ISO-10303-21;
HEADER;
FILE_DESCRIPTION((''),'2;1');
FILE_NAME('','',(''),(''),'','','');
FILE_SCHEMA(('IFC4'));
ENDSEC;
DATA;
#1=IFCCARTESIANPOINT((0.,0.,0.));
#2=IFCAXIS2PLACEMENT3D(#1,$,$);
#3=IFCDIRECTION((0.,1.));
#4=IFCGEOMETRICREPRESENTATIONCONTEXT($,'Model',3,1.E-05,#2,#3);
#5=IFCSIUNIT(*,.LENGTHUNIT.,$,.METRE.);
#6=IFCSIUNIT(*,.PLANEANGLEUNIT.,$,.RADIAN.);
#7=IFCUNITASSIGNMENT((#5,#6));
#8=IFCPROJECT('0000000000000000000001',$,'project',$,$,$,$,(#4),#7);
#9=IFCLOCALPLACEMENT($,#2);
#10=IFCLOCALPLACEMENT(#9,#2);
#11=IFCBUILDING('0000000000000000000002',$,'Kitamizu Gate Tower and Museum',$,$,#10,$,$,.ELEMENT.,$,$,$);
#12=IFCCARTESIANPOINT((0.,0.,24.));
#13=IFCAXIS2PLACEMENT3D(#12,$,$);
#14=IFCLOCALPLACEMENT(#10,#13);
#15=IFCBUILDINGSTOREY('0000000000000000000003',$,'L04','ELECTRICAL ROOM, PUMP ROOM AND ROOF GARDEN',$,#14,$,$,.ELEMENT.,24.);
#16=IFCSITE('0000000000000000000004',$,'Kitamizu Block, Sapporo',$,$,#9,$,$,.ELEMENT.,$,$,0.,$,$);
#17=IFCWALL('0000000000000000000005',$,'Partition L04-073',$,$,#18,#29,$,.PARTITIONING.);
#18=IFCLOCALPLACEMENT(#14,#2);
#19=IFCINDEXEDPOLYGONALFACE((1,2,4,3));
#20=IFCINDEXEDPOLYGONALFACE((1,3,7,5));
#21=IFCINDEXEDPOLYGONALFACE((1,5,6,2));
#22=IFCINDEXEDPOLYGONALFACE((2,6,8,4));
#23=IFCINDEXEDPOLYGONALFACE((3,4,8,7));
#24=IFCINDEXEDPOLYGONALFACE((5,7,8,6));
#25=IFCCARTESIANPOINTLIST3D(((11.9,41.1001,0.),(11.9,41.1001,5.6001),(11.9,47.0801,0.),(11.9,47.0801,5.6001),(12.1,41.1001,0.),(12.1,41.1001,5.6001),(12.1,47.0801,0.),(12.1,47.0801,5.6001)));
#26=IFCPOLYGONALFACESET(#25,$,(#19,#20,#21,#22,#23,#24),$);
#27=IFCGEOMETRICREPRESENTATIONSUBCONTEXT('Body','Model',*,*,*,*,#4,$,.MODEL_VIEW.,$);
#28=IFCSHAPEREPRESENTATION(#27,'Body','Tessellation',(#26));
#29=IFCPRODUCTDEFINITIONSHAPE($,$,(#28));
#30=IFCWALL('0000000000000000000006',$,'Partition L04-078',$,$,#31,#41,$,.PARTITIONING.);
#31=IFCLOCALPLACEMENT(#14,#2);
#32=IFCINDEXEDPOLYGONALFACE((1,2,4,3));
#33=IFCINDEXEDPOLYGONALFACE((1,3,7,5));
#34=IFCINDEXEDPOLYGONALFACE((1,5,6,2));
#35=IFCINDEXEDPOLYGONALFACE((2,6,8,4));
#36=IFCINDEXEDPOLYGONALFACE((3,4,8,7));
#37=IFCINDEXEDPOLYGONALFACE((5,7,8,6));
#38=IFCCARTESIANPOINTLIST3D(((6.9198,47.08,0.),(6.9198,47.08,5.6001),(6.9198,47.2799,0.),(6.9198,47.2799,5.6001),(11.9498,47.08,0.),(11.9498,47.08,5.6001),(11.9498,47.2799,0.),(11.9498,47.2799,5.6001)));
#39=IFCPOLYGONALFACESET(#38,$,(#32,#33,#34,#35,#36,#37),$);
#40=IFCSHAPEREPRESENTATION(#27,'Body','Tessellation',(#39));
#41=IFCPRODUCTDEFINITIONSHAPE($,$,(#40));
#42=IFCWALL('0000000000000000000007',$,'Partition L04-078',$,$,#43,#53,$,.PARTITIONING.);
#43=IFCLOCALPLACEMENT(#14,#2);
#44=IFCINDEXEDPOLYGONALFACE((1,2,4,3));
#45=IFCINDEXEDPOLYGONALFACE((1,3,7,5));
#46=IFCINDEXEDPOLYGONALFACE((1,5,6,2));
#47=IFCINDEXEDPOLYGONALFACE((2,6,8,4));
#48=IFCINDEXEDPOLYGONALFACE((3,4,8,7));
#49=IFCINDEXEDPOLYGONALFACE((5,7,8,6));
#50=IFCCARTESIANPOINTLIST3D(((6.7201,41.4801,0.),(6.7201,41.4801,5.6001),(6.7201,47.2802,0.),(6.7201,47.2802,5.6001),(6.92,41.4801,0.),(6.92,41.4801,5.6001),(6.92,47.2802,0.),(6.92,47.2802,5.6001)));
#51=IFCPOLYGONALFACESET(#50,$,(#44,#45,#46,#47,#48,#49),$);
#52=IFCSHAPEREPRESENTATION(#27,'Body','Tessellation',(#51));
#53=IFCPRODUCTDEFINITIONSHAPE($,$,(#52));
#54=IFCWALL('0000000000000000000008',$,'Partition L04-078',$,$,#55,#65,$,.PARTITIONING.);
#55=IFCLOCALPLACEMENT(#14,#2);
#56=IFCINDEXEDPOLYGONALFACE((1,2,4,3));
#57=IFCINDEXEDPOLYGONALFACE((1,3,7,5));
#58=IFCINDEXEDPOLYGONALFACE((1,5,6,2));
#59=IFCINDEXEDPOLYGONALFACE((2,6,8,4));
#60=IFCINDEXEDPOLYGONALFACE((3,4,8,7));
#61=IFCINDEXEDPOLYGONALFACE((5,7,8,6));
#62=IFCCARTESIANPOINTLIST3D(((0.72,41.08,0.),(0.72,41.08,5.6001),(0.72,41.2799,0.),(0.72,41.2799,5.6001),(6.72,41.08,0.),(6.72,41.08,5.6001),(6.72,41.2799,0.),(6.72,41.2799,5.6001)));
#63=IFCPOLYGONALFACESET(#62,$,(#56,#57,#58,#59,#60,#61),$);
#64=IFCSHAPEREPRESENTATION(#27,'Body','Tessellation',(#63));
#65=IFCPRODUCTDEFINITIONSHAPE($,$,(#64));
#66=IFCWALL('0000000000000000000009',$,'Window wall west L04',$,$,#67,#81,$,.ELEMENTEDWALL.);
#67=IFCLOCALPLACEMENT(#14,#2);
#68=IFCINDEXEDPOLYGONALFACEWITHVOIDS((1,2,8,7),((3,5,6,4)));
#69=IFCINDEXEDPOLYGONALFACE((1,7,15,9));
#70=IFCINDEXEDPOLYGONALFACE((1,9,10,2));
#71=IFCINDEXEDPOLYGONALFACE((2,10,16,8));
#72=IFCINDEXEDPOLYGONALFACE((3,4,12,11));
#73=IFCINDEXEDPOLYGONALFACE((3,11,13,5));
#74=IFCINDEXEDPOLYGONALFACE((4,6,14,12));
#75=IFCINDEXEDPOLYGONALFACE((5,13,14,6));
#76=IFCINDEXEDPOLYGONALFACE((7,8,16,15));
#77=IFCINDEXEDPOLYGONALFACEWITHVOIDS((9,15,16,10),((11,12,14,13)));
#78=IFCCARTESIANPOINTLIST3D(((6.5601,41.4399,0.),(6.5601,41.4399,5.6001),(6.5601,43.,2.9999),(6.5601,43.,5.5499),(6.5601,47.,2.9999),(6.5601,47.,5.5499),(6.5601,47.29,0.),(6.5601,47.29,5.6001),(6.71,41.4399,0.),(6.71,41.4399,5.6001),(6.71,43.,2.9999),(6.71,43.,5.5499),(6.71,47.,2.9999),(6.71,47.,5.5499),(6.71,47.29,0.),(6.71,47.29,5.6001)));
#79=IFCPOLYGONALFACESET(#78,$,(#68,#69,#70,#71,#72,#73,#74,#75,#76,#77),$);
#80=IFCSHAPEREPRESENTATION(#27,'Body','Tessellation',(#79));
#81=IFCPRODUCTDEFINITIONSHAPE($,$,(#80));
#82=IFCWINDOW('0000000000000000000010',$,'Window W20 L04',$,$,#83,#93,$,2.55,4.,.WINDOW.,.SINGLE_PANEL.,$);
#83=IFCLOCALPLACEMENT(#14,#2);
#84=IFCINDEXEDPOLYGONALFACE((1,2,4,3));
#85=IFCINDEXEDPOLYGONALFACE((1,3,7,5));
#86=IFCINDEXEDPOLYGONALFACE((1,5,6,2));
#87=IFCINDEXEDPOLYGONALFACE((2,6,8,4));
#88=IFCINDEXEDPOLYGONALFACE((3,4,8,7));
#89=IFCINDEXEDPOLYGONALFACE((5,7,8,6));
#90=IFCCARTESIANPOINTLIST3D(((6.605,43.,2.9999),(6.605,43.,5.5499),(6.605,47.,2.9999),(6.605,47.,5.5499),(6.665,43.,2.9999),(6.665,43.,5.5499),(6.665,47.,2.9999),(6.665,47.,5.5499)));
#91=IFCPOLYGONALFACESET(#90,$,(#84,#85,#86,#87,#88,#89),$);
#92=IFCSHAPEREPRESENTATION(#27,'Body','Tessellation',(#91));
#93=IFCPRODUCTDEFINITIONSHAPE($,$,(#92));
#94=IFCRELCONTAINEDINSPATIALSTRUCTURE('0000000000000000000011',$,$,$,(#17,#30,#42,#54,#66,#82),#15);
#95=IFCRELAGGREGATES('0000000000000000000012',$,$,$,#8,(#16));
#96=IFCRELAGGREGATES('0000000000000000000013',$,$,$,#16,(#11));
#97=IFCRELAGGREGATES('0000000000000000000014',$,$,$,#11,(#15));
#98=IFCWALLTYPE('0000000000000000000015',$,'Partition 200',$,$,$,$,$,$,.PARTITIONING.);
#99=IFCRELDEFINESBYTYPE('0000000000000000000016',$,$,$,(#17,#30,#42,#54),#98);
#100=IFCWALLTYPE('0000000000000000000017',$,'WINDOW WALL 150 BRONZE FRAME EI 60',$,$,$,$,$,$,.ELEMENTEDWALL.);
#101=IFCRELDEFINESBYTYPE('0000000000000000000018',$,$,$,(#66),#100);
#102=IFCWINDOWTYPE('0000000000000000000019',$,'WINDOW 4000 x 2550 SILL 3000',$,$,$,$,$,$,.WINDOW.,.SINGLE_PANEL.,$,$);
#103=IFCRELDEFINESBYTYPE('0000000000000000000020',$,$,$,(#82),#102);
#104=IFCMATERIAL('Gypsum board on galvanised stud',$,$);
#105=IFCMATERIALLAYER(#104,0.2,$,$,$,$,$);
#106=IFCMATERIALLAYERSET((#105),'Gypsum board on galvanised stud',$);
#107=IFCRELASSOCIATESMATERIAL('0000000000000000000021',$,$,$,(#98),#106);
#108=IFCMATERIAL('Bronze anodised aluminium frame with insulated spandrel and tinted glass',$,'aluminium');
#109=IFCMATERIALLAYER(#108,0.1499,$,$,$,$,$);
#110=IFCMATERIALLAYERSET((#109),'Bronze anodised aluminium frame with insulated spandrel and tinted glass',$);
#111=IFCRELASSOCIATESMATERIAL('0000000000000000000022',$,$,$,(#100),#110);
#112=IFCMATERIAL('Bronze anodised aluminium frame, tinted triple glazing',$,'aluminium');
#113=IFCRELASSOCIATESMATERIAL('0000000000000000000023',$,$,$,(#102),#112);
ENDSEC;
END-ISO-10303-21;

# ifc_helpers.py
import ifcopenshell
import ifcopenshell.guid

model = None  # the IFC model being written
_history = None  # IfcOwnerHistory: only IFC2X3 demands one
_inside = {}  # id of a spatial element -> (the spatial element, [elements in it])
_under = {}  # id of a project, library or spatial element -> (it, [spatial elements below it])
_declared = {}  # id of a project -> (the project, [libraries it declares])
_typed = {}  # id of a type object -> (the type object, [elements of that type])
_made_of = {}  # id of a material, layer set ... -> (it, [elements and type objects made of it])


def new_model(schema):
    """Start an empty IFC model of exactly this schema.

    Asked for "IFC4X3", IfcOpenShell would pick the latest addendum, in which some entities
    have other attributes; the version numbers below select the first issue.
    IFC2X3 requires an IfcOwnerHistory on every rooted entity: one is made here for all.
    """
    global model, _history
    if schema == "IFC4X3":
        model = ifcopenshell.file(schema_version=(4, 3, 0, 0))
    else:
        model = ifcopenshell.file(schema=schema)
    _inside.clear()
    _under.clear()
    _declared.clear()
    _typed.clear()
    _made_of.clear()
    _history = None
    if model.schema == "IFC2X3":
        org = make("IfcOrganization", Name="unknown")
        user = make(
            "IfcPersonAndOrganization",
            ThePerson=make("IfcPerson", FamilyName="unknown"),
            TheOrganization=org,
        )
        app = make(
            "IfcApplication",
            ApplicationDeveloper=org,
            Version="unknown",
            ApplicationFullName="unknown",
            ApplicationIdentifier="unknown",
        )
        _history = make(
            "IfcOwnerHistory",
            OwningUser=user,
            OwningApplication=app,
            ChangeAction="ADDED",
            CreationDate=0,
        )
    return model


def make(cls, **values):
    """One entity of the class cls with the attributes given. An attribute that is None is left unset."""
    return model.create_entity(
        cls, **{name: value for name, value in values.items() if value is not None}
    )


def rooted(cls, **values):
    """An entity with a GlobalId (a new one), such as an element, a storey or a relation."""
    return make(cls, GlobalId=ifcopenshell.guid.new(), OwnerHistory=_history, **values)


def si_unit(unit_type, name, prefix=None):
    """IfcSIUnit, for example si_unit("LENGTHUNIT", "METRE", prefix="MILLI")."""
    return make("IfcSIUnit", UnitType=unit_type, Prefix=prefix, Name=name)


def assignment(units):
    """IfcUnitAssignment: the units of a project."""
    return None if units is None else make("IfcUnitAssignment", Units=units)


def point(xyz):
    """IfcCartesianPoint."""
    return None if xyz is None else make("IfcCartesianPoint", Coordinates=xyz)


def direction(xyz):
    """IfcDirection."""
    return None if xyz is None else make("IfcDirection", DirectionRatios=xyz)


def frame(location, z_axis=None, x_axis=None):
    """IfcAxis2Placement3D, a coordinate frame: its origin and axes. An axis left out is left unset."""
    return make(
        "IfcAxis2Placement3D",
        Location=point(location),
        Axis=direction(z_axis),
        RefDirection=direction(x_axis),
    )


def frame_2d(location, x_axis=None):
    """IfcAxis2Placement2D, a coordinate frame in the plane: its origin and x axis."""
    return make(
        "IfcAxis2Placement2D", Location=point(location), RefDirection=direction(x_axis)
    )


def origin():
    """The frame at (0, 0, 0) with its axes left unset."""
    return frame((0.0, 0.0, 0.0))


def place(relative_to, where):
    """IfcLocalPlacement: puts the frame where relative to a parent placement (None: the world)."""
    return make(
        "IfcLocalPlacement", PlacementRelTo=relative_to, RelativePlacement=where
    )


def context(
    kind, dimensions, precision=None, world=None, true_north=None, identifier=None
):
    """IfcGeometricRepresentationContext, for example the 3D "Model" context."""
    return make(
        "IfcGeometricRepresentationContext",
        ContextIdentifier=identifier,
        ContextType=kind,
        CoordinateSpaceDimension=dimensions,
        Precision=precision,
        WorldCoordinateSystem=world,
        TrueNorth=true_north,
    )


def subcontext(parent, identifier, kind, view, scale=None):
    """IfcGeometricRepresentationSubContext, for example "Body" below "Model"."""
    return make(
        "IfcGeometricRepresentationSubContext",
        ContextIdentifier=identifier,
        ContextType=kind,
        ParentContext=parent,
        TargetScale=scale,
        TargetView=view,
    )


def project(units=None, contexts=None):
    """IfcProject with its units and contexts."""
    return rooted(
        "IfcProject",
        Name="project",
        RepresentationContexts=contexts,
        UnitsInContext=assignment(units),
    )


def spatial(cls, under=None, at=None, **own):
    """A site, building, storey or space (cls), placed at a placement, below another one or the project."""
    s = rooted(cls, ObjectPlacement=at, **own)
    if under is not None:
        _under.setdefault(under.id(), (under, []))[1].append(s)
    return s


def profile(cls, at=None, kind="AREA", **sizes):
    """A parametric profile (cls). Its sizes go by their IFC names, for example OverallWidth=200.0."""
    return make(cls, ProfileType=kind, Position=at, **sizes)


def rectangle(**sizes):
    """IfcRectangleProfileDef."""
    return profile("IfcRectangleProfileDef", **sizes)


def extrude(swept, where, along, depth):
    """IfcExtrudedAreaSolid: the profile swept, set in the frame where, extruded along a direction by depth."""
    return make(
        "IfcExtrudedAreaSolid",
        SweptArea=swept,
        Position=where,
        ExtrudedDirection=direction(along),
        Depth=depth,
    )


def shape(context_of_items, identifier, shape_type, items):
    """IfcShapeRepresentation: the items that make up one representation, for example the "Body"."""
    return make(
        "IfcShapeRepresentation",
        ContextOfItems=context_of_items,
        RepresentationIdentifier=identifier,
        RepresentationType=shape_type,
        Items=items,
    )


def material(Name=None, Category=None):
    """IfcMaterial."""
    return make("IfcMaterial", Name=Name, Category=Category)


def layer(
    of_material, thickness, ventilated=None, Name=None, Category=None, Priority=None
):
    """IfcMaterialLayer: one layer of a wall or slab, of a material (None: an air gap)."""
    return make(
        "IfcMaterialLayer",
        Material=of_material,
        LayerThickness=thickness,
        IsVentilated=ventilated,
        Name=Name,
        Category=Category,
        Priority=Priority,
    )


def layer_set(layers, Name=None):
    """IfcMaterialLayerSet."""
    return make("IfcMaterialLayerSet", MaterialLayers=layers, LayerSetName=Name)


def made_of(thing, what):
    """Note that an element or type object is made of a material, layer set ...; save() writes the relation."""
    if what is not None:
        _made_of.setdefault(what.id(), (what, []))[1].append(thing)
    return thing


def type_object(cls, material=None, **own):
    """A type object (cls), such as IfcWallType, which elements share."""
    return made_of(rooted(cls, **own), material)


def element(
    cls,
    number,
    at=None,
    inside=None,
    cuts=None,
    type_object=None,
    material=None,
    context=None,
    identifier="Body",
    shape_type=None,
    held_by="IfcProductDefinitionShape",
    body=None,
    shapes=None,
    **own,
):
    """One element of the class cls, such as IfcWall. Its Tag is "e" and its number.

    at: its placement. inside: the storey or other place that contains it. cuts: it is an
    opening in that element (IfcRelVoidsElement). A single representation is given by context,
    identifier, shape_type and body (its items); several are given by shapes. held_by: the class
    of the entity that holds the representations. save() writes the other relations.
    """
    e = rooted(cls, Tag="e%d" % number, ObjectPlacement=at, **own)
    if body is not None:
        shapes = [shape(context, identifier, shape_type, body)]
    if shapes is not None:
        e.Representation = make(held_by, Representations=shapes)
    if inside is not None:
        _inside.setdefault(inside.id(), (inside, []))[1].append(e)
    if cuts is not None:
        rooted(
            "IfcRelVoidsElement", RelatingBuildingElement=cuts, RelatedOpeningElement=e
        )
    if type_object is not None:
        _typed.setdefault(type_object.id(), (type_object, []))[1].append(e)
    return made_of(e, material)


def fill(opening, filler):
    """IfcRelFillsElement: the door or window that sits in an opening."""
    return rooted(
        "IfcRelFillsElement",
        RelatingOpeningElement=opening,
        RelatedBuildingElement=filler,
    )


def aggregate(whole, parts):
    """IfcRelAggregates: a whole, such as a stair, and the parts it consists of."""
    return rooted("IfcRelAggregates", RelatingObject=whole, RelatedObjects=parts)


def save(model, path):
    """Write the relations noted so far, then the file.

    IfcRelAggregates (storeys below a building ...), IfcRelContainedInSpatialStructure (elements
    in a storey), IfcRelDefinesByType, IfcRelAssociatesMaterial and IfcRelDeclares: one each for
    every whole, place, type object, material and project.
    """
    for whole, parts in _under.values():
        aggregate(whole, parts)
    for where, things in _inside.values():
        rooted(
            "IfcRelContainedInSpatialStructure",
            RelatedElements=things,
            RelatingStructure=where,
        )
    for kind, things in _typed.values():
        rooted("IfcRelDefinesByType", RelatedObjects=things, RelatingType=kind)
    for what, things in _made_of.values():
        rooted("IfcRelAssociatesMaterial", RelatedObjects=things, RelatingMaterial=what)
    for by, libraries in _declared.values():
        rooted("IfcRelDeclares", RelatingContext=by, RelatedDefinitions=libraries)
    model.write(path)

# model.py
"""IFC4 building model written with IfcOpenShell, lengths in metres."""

from ifc_helpers import new_model, si_unit, direction, frame, frame_2d, origin, place, context, subcontext, project, spatial, rectangle, extrude, material, layer, layer_set, type_object, element, fill, save


model = new_model("IFC4")

# Units and contexts
model_context = context("Model", 3, precision=1e-05, world=origin(), true_north=direction((0.0, 1.0)))
body_context = subcontext(model_context, "Body", "Model", "MODEL_VIEW")
ifc_project = project(units=[si_unit("LENGTHUNIT", "METRE"), si_unit("PLANEANGLEUNIT", "RADIAN")], contexts=[model_context])

# Site, building, storey
site_placement = place(None, origin())
site = spatial("IfcSite", under=ifc_project, at=site_placement, Name="Kitamizu Block, Sapporo", CompositionType="ELEMENT", RefElevation=0.0)
building_placement = place(site_placement, origin())
building = spatial("IfcBuilding", under=site, at=building_placement, Name="Kitamizu Gate Tower and Museum", CompositionType="ELEMENT")
storey_placement = place(building_placement, frame((0.0, 0.0, 24.0)))
storey = spatial("IfcBuildingStorey", under=building, at=storey_placement, Name="L04", Description="ELECTRICAL ROOM, PUMP ROOM AND ROOF GARDEN", CompositionType="ELEMENT", Elevation=24.0)

# Walls
ifc_material_1 = material(Name="Gypsum board on galvanised stud")
ifc_layer_1 = layer(ifc_material_1, 0.2)
ifc_layer_set_1 = layer_set([ifc_layer_1], Name="Gypsum board on galvanised stud")
wall_type_1 = type_object("IfcWallType", Name="Partition 200", PredefinedType="PARTITIONING", material=ifc_layer_set_1)
wall_1_placement = place(storey_placement, frame((12.0, 41.1001, 0.0), z_axis=(0.0, 0.0, 1.0), x_axis=(0.0, 1.0, 0.0)))
element("IfcWall", 1, at=wall_1_placement, inside=storey, type_object=wall_type_1, Name="Partition L04-073", PredefinedType="PARTITIONING", context=body_context, shape_type="SweptSolid", body=[
    extrude(rectangle(XDim=5.98, YDim=0.2, at=frame_2d((2.99, 0.0))), origin(), (0.0, 0.0, 1.0), 5.6001),
])
wall_2_placement = place(storey_placement, frame((11.95, 47.1799, 0.0), z_axis=(0.0, 0.0, 1.0), x_axis=(-1.0, 0.0, 0.0)))
element("IfcWall", 2, at=wall_2_placement, inside=storey, type_object=wall_type_1, Name="Partition L04-078", PredefinedType="PARTITIONING", context=body_context, shape_type="SweptSolid", body=[
    extrude(rectangle(XDim=5.03, YDim=0.2, at=frame_2d((2.5151, 0.0))), origin(), (0.0, 0.0, 1.0), 5.6001),
])
wall_3_placement = place(storey_placement, frame((6.8201, 47.28, 0.0), z_axis=(0.0, 0.0, 1.0), x_axis=(0.0, -1.0, 0.0)))
element("IfcWall", 3, at=wall_3_placement, inside=storey, type_object=wall_type_1, Name="Partition L04-078", PredefinedType="PARTITIONING", context=body_context, shape_type="SweptSolid", body=[
    extrude(rectangle(XDim=5.8, YDim=0.2, at=frame_2d((2.8999, 0.0))), origin(), (0.0, 0.0, 1.0), 5.6001),
])
wall_4_placement = place(storey_placement, frame((6.72, 41.1799, 0.0), z_axis=(0.0, 0.0, 1.0), x_axis=(-1.0, 0.0, 0.0)))
element("IfcWall", 4, at=wall_4_placement, inside=storey, type_object=wall_type_1, Name="Partition L04-078", PredefinedType="PARTITIONING", context=body_context, shape_type="SweptSolid", body=[
    extrude(rectangle(XDim=6.0, YDim=0.2, at=frame_2d((3.0, 0.0))), origin(), (0.0, 0.0, 1.0), 5.6001),
])

# Wall, opening, window
ifc_material_2 = material(Name="Bronze anodised aluminium frame with insulated spandrel and tinted glass", Category="aluminium")
ifc_layer_2 = layer(ifc_material_2, 0.1499)
ifc_layer_set_2 = layer_set([ifc_layer_2], Name="Bronze anodised aluminium frame with insulated spandrel and tinted glass")
wall_type_2 = type_object("IfcWallType", Name="WINDOW WALL 150 BRONZE FRAME EI 60", PredefinedType="ELEMENTEDWALL", material=ifc_layer_set_2)
wall_5_placement = place(storey_placement, frame((6.635, 41.4399, 0.0), z_axis=(0.0, 0.0, 1.0), x_axis=(0.0, 1.0, 0.0)))
wall_5 = element("IfcWall", 5, at=wall_5_placement, inside=storey, type_object=wall_type_2, Name="Window wall west L04", PredefinedType="ELEMENTEDWALL", context=body_context, shape_type="SweptSolid", body=[
    extrude(rectangle(XDim=5.8501, YDim=0.1499, at=frame_2d((2.925, 0.0))), origin(), (0.0, 0.0, 1.0), 5.6001),
])
opening_placement = place(wall_5_placement, frame((1.5601, 0.0, 3.0)))
opening = element("IfcOpeningElement", 6, at=opening_placement, cuts=wall_5, PredefinedType="OPENING", context=body_context, shape_type="SweptSolid", body=[
    extrude(rectangle(XDim=4.0, YDim=2.55, at=frame_2d((2.0, 1.2749))), frame((0.0, 0.085, 0.0), z_axis=(0.0, -1.0, 0.0), x_axis=(1.0, 0.0, 0.0)), (0.0, 0.0, 1.0), 0.1699),
])
ifc_material_3 = material(Name="Bronze anodised aluminium frame, tinted triple glazing", Category="aluminium")
window_type = type_object("IfcWindowType", Name="WINDOW 4000 x 2550 SILL 3000", PartitioningType="SINGLE_PANEL", PredefinedType="WINDOW", material=ifc_material_3)
window_placement = place(opening_placement, origin())
window = element("IfcWindow", 7, at=window_placement, inside=storey, type_object=window_type, Name="Window W20 L04", OverallHeight=2.55, OverallWidth=4.0, PartitioningType="SINGLE_PANEL", PredefinedType="WINDOW", context=body_context, shape_type="SweptSolid", body=[
    extrude(rectangle(XDim=4.0, YDim=2.55, at=frame_2d((2.0, 1.2749))), frame((0.0, 0.03, 0.0), z_axis=(0.0, -1.0, 0.0), x_axis=(1.0, 0.0, 0.0)), (0.0, 0.0, 1.0), 0.0601),
])
fill(opening, window)

save(model, "model.ifc")
